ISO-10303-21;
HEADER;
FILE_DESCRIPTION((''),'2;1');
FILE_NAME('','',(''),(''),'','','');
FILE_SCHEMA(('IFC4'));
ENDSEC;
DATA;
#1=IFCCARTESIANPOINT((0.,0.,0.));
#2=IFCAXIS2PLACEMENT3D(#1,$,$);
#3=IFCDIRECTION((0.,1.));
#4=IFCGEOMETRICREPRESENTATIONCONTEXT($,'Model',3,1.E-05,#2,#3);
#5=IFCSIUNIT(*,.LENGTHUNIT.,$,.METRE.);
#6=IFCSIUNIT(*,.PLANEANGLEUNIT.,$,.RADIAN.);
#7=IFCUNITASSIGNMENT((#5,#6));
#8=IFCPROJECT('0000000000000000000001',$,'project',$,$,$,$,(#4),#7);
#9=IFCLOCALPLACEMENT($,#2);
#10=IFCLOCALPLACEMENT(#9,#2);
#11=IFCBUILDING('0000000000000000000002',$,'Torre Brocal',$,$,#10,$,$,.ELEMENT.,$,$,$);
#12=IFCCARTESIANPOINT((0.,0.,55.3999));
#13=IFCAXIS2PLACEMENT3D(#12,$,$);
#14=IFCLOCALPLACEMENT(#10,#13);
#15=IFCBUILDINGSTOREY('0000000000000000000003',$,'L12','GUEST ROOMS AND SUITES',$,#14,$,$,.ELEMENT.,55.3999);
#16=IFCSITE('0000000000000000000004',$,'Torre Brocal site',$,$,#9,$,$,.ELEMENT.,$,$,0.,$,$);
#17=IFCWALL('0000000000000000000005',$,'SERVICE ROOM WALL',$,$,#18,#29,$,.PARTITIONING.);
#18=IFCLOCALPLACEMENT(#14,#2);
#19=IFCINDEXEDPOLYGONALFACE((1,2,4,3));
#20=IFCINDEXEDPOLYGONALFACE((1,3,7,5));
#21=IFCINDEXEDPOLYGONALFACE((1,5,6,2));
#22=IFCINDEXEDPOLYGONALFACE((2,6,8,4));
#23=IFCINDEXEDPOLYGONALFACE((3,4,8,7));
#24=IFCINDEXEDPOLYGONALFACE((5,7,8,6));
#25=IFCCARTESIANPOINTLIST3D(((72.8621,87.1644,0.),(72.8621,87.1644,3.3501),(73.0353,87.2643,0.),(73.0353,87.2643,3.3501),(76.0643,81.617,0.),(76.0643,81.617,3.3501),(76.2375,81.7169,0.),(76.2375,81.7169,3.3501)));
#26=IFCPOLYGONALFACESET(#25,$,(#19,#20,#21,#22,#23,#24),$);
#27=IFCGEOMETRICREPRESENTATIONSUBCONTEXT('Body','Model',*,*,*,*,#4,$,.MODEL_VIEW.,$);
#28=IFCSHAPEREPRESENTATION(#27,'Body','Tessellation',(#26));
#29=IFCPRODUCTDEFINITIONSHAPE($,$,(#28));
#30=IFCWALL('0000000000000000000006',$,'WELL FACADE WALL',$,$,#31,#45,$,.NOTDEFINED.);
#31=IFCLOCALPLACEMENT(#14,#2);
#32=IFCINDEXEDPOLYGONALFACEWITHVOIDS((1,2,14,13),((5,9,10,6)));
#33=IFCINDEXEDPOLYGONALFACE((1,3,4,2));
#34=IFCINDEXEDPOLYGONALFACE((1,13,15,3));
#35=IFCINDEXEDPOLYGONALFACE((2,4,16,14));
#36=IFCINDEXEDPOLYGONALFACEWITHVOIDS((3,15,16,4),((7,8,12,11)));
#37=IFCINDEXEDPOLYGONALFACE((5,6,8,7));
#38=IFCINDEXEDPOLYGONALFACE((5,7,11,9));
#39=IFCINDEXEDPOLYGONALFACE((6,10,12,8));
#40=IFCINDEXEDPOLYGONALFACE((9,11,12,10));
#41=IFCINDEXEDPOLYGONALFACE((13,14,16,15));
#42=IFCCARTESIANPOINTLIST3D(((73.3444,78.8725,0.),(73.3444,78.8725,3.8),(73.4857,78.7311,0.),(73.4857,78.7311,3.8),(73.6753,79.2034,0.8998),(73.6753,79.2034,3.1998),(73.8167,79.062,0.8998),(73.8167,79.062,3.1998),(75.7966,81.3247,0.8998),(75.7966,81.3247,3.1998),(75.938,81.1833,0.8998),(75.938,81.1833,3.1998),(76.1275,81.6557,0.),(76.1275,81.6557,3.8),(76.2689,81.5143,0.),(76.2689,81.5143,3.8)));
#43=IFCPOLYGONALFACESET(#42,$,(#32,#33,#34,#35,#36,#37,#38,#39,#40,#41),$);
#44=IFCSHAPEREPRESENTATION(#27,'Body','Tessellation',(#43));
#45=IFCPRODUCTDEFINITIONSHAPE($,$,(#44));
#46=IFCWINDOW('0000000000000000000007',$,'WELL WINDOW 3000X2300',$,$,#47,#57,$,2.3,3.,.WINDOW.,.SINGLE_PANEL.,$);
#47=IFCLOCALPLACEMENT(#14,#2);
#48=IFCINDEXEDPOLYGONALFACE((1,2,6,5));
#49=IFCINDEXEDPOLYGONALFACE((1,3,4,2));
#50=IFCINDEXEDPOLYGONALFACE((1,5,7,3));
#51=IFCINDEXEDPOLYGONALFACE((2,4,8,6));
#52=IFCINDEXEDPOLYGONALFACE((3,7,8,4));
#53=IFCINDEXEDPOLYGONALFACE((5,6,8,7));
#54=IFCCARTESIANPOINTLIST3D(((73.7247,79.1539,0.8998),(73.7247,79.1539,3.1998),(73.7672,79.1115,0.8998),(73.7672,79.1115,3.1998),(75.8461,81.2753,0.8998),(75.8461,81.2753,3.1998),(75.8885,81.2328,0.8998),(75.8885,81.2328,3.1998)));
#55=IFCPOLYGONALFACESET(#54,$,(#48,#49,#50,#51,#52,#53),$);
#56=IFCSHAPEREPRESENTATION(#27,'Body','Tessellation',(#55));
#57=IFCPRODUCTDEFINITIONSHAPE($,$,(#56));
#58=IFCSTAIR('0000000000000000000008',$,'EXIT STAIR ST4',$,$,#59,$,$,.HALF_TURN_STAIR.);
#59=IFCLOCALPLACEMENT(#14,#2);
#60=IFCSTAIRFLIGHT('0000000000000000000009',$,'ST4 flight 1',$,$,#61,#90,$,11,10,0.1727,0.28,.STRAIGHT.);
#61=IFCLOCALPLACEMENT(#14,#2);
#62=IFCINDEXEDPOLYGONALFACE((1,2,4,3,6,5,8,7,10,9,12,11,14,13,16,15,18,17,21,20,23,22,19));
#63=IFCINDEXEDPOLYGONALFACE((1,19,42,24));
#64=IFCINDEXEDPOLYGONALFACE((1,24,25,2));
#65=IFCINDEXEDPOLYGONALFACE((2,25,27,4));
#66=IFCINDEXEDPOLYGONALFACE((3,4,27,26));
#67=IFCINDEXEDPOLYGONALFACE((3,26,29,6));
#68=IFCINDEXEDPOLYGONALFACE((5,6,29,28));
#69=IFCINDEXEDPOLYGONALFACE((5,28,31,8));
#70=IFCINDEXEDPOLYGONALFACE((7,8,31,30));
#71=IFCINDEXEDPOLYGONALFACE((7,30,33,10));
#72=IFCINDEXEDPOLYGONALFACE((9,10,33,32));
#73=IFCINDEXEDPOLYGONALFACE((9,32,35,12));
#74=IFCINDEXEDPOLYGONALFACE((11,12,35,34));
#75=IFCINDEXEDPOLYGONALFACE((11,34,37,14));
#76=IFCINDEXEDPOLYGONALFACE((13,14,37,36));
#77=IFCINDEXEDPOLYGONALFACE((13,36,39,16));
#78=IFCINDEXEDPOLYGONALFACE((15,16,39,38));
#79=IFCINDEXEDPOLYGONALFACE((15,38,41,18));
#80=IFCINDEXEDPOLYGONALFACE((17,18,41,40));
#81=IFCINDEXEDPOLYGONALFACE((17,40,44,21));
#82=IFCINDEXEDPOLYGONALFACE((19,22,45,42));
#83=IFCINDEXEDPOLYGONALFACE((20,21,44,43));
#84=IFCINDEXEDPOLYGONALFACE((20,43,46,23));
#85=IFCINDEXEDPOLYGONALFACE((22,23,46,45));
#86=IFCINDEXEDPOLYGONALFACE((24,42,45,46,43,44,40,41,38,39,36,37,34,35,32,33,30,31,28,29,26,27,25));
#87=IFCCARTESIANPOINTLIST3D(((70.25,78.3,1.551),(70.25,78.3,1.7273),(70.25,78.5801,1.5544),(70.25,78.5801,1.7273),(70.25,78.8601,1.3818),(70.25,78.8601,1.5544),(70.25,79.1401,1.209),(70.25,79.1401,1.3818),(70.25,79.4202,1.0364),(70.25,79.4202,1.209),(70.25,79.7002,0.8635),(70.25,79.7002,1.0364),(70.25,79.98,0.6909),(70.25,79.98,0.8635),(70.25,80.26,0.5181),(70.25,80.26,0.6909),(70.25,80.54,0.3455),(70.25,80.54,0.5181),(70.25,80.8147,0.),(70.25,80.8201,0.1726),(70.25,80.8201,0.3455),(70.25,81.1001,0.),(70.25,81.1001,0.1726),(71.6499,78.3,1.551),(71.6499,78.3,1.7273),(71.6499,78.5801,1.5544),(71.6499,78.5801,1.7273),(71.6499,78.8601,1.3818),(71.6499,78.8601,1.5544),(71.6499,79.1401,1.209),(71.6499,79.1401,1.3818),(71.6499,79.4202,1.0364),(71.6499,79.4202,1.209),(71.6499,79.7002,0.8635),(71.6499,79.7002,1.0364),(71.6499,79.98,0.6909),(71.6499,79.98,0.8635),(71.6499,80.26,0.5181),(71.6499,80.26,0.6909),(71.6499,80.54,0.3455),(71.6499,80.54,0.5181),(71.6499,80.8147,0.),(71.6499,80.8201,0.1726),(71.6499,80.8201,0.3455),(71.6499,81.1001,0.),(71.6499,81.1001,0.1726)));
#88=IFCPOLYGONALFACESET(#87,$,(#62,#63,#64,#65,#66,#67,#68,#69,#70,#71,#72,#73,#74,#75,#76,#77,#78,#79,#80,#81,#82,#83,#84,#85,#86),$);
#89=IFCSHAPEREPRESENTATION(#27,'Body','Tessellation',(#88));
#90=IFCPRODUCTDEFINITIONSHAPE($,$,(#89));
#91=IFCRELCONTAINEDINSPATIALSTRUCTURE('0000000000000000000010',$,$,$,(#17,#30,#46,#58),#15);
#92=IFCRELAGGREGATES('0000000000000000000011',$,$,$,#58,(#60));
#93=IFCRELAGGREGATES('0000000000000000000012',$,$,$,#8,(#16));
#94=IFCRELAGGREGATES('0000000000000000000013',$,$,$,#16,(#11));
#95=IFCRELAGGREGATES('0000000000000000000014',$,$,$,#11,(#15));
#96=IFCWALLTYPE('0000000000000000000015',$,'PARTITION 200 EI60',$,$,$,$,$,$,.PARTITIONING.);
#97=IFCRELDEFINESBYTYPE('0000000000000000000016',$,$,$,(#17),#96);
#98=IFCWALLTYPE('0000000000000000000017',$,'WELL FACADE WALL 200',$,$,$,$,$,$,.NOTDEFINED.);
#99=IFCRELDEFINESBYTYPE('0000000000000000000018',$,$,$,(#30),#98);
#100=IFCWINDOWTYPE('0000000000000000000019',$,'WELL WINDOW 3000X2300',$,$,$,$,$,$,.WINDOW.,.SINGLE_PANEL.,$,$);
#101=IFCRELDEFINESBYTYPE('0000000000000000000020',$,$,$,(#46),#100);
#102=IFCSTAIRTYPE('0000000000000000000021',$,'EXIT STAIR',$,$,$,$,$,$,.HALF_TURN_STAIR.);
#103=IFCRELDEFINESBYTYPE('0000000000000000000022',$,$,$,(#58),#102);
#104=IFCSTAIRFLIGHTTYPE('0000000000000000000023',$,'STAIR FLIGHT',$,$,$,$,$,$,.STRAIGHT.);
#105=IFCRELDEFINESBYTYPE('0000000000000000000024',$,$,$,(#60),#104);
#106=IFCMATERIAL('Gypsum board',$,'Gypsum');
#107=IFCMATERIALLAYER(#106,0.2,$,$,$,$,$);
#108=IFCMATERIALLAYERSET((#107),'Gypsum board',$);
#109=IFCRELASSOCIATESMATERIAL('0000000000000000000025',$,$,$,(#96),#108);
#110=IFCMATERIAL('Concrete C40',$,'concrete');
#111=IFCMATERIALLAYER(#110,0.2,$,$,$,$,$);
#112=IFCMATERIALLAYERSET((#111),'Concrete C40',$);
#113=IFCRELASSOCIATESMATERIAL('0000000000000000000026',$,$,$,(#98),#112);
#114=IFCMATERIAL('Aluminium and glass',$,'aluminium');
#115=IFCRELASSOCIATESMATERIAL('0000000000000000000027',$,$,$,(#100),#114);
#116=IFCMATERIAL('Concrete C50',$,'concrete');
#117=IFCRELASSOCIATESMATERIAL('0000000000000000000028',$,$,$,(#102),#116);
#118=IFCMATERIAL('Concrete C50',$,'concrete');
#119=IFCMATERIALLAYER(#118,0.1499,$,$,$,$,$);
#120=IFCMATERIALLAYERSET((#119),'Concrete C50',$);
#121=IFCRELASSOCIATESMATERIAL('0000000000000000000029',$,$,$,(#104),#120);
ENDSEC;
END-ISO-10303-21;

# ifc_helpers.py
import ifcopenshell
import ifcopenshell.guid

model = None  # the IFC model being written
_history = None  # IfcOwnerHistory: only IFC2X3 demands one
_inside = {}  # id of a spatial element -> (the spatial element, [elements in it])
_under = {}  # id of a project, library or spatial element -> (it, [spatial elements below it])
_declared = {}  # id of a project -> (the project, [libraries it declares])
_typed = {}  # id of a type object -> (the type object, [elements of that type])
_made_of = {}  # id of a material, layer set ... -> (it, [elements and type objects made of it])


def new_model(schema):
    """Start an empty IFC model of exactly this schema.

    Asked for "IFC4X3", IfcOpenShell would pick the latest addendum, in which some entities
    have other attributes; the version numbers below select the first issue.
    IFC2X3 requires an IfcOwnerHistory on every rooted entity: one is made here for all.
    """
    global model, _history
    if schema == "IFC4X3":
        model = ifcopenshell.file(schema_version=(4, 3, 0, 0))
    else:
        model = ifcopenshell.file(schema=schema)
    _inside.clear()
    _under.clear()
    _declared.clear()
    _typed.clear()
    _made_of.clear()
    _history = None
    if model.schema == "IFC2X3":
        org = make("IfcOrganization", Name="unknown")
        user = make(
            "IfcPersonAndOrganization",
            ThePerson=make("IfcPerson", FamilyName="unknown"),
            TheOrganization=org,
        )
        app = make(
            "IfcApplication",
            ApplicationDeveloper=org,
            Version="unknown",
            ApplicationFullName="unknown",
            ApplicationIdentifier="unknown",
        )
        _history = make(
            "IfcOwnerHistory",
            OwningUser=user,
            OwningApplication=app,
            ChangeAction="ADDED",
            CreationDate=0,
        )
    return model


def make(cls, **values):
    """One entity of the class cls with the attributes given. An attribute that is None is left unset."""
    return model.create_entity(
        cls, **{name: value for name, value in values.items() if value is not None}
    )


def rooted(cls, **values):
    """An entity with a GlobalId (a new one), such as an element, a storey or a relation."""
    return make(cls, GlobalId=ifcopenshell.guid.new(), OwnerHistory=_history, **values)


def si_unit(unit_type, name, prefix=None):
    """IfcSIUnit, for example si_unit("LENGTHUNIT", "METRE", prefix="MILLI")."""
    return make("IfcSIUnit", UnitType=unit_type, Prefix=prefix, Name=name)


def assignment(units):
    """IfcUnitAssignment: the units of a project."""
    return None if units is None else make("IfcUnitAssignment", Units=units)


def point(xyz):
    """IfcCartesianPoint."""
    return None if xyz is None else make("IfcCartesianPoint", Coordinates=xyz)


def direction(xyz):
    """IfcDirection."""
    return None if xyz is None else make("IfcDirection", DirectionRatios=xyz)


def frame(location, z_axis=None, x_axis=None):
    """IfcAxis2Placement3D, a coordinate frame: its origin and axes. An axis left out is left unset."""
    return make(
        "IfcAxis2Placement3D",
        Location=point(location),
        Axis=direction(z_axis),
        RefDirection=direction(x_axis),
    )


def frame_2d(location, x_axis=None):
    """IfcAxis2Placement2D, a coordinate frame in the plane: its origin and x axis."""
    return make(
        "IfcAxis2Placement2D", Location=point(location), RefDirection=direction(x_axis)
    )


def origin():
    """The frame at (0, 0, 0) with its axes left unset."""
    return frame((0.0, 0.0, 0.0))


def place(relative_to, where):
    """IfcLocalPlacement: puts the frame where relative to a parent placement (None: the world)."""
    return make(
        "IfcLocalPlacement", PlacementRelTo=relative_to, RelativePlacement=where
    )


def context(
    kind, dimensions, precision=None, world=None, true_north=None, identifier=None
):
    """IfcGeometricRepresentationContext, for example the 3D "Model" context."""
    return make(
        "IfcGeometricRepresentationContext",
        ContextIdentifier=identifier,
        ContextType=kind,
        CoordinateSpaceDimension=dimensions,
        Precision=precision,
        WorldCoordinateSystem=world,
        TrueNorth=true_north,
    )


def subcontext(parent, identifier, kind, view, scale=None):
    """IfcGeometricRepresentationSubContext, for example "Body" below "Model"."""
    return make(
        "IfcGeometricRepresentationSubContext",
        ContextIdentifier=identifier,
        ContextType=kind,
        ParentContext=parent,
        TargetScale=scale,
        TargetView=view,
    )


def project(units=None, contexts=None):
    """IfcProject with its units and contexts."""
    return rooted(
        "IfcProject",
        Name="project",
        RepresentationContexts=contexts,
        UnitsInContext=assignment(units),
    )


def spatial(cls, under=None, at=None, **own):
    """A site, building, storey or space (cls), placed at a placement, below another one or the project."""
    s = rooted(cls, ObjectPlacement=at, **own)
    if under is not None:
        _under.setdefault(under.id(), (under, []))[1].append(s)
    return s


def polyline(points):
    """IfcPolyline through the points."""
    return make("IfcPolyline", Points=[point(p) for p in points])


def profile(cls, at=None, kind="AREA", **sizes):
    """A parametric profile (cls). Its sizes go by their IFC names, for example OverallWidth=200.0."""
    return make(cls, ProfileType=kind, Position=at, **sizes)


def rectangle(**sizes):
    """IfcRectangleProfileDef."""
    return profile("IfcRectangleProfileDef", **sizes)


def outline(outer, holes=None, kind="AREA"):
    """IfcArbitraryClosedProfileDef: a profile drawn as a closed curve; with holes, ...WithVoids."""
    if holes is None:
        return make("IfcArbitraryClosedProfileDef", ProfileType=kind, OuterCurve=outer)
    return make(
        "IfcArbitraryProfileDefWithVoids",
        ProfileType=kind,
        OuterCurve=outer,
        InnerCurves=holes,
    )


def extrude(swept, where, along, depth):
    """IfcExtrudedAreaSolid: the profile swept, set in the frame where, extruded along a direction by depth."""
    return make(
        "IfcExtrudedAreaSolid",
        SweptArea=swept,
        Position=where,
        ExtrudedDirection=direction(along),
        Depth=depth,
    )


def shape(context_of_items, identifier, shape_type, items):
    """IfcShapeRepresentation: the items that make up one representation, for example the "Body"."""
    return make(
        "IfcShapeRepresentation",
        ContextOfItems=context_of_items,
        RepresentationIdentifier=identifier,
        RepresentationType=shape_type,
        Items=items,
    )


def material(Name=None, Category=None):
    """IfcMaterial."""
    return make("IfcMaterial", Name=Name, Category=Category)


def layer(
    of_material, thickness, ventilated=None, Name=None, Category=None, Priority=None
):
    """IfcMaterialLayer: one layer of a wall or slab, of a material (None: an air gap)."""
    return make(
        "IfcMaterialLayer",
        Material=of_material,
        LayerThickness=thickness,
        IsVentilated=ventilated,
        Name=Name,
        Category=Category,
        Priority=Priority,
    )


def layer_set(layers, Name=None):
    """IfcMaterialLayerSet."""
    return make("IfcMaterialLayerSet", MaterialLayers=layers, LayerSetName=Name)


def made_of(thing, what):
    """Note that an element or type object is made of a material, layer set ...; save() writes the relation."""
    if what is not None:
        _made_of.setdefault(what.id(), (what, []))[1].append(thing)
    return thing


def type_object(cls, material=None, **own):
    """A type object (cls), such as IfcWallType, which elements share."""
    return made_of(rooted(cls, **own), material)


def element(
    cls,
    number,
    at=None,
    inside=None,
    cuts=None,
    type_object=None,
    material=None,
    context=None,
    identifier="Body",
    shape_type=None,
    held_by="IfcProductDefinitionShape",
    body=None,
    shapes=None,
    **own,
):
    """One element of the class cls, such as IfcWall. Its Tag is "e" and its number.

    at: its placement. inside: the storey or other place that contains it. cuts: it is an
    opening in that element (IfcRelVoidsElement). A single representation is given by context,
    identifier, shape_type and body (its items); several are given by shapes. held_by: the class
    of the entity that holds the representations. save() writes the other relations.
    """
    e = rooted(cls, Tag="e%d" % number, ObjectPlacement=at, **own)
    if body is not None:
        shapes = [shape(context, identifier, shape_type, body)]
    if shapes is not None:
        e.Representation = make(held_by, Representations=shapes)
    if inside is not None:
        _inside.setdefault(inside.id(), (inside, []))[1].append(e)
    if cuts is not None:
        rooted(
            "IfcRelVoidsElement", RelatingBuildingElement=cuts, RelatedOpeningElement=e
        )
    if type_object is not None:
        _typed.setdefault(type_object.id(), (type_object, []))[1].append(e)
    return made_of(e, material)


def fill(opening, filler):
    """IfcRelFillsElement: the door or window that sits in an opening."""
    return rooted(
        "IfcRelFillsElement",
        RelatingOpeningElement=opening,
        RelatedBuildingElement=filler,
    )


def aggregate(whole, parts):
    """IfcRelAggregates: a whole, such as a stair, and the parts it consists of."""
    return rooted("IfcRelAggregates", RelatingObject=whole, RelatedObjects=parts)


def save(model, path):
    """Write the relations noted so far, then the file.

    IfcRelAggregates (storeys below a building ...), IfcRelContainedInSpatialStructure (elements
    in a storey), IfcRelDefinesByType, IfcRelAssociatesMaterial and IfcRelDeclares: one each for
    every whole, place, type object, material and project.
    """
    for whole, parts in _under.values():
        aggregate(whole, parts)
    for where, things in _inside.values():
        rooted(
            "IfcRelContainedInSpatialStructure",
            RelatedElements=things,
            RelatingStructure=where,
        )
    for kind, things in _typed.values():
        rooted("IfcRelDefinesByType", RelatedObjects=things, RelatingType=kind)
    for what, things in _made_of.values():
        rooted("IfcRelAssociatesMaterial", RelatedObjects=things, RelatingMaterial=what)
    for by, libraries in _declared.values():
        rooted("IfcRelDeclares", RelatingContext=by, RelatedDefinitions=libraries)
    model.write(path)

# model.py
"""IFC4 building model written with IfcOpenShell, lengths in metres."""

from ifc_helpers import new_model, si_unit, direction, frame, frame_2d, origin, place, context, subcontext, project, spatial, polyline, rectangle, outline, extrude, material, layer, layer_set, type_object, element, fill, aggregate, save


model = new_model("IFC4")

# Units and contexts
model_context = context("Model", 3, precision=1e-05, world=origin(), true_north=direction((0.0, 1.0)))
body_context = subcontext(model_context, "Body", "Model", "MODEL_VIEW")
ifc_project = project(units=[si_unit("LENGTHUNIT", "METRE"), si_unit("PLANEANGLEUNIT", "RADIAN")], contexts=[model_context])

# Site, building, storey
site_placement = place(None, origin())
site = spatial("IfcSite", under=ifc_project, at=site_placement, Name="Torre Brocal site", CompositionType="ELEMENT", RefElevation=0.0)
building_placement = place(site_placement, origin())
building = spatial("IfcBuilding", under=site, at=building_placement, Name="Torre Brocal", CompositionType="ELEMENT")
storey_placement = place(building_placement, frame((0.0, 0.0, 55.3999)))
storey = spatial("IfcBuildingStorey", under=building, at=storey_placement, Name="L12", Description="GUEST ROOMS AND SUITES", CompositionType="ELEMENT", Elevation=55.3999)

# Shared definitions
ifc_material_1 = material(Name="Gypsum board", Category="Gypsum")
ifc_layer_1 = layer(ifc_material_1, 0.2)
ifc_layer_set_1 = layer_set([ifc_layer_1], Name="Gypsum board")
wall_type_1 = type_object("IfcWallType", Name="PARTITION 200 EI60", PredefinedType="PARTITIONING", material=ifc_layer_set_1)

# Wall
wall_1_placement = place(storey_placement, frame((72.9487, 87.2144, 0.0), z_axis=(0.0, 0.0, 1.0), x_axis=(0.499927, -0.866068, 0.0)))
element("IfcWall", 1, at=wall_1_placement, inside=storey, type_object=wall_type_1, Name="SERVICE ROOM WALL", PredefinedType="PARTITIONING", context=body_context, shape_type="SweptSolid", body=[
    extrude(rectangle(XDim=6.4053, YDim=0.2, at=frame_2d((3.2026, 0.0))), origin(), (0.0, 0.0, 1.0), 3.3501),
])

# Wall, opening, window
ifc_material_2 = material(Name="Concrete C40", Category="concrete")
ifc_layer_2 = layer(ifc_material_2, 0.2)
ifc_layer_set_2 = layer_set([ifc_layer_2], Name="Concrete C40")
wall_type_2 = type_object("IfcWallType", Name="WELL FACADE WALL 200", PredefinedType="NOTDEFINED", material=ifc_layer_set_2)
wall_2_placement = place(storey_placement, frame((76.1982, 81.585, 0.0), z_axis=(0.0, 0.0, 1.0), x_axis=(-0.707107, -0.707107, 0.0)))
wall_2 = element("IfcWall", 2, at=wall_2_placement, inside=storey, type_object=wall_type_2, Name="WELL FACADE WALL", PredefinedType="NOTDEFINED", context=body_context, shape_type="SweptSolid", body=[
    extrude(rectangle(XDim=3.936, YDim=0.2, at=frame_2d((1.968, 0.0))), origin(), (0.0, 0.0, 1.0), 3.8),
])
opening_1_placement = place(wall_2_placement, frame((0.468, 0.0, 0.8999)))
opening_1 = element("IfcOpeningElement", 3, at=opening_1_placement, cuts=wall_2, PredefinedType="OPENING", context=body_context, shape_type="SweptSolid", body=[
    extrude(rectangle(XDim=3.0, YDim=2.3, at=frame_2d((1.5, 1.1499))), frame((0.0, 0.1099, 0.0), z_axis=(0.0, -1.0, 0.0), x_axis=(1.0, 0.0, 0.0)), (0.0, 0.0, 1.0), 0.22),
])
ifc_material_3 = material(Name="Aluminium and glass", Category="aluminium")
window_type = type_object("IfcWindowType", Name="WELL WINDOW 3000X2300", PartitioningType="SINGLE_PANEL", PredefinedType="WINDOW", material=ifc_material_3)
window_placement = place(opening_1_placement, origin())
window = element("IfcWindow", 4, at=window_placement, inside=storey, type_object=window_type, Name="WELL WINDOW 3000X2300", OverallHeight=2.3, OverallWidth=3.0, PartitioningType="SINGLE_PANEL", PredefinedType="WINDOW", context=body_context, shape_type="SweptSolid", body=[
    extrude(rectangle(XDim=3.0, YDim=2.3, at=frame_2d((1.5, 1.1499))), frame((0.0, 0.03, 0.0), z_axis=(0.0, -1.0, 0.0), x_axis=(1.0, 0.0, 0.0)), (0.0, 0.0, 1.0), 0.0601),
])
fill(opening_1, window)

# Stair, stair flight
ifc_material_4 = material(Name="Concrete C50", Category="concrete")
stair_type = type_object("IfcStairType", Name="EXIT STAIR", PredefinedType="HALF_TURN_STAIR", material=ifc_material_4)
stair_placement = place(storey_placement, origin())
stair = element("IfcStair", 5, at=stair_placement, inside=storey, type_object=stair_type, Name="EXIT STAIR ST4", PredefinedType="HALF_TURN_STAIR")
ifc_material_5 = material(Name="Concrete C50", Category="concrete")
ifc_layer_3 = layer(ifc_material_5, 0.1499)
ifc_layer_set_3 = layer_set([ifc_layer_3], Name="Concrete C50")
stair_flight_type = type_object("IfcStairFlightType", Name="STAIR FLIGHT", PredefinedType="STRAIGHT", material=ifc_layer_set_3)
stair_flight_placement = place(storey_placement, frame((70.95, 81.1001, 0.0), z_axis=(0.0, 0.0, 1.0), x_axis=(0.0, -1.0, 0.0)))
stair_flight = element("IfcStairFlight", 6, at=stair_flight_placement, type_object=stair_flight_type, Name="ST4 flight 1", NumberOfRisers=11, NumberOfTreads=10, PredefinedType="STRAIGHT", RiserHeight=0.1727, TreadLength=0.28, context=body_context, shape_type="SweptSolid", body=[
    extrude(outline(polyline([(0.0, 0.0), (0.0, 0.1726), (0.28, 0.1726), (0.28, 0.3455), (0.5601, 0.3455), (0.5601, 0.5181), (0.8401, 0.5181), (0.8401, 0.6909), (1.1201, 0.6909), (1.1201, 0.8635), (1.3999, 0.8635), (1.3999, 1.0364), (1.6799, 1.0364), (1.6799, 1.209), (1.96, 1.209), (1.96, 1.3818), (2.24, 1.3818), (2.24, 1.5544), (2.52, 1.5544), (2.52, 1.7273), (2.8, 1.7273), (2.8, 1.8999), (2.8, 1.551), (0.2854, 0.0), (0.0, 0.0)])), frame((0.0, 0.7, 0.0), z_axis=(0.0, -1.0, 0.0), x_axis=(1.0, 0.0, 0.0)), (0.0, 0.0, 1.0), 1.3999),
])
aggregate(stair, [stair_flight])

save(model, "model.ifc")
